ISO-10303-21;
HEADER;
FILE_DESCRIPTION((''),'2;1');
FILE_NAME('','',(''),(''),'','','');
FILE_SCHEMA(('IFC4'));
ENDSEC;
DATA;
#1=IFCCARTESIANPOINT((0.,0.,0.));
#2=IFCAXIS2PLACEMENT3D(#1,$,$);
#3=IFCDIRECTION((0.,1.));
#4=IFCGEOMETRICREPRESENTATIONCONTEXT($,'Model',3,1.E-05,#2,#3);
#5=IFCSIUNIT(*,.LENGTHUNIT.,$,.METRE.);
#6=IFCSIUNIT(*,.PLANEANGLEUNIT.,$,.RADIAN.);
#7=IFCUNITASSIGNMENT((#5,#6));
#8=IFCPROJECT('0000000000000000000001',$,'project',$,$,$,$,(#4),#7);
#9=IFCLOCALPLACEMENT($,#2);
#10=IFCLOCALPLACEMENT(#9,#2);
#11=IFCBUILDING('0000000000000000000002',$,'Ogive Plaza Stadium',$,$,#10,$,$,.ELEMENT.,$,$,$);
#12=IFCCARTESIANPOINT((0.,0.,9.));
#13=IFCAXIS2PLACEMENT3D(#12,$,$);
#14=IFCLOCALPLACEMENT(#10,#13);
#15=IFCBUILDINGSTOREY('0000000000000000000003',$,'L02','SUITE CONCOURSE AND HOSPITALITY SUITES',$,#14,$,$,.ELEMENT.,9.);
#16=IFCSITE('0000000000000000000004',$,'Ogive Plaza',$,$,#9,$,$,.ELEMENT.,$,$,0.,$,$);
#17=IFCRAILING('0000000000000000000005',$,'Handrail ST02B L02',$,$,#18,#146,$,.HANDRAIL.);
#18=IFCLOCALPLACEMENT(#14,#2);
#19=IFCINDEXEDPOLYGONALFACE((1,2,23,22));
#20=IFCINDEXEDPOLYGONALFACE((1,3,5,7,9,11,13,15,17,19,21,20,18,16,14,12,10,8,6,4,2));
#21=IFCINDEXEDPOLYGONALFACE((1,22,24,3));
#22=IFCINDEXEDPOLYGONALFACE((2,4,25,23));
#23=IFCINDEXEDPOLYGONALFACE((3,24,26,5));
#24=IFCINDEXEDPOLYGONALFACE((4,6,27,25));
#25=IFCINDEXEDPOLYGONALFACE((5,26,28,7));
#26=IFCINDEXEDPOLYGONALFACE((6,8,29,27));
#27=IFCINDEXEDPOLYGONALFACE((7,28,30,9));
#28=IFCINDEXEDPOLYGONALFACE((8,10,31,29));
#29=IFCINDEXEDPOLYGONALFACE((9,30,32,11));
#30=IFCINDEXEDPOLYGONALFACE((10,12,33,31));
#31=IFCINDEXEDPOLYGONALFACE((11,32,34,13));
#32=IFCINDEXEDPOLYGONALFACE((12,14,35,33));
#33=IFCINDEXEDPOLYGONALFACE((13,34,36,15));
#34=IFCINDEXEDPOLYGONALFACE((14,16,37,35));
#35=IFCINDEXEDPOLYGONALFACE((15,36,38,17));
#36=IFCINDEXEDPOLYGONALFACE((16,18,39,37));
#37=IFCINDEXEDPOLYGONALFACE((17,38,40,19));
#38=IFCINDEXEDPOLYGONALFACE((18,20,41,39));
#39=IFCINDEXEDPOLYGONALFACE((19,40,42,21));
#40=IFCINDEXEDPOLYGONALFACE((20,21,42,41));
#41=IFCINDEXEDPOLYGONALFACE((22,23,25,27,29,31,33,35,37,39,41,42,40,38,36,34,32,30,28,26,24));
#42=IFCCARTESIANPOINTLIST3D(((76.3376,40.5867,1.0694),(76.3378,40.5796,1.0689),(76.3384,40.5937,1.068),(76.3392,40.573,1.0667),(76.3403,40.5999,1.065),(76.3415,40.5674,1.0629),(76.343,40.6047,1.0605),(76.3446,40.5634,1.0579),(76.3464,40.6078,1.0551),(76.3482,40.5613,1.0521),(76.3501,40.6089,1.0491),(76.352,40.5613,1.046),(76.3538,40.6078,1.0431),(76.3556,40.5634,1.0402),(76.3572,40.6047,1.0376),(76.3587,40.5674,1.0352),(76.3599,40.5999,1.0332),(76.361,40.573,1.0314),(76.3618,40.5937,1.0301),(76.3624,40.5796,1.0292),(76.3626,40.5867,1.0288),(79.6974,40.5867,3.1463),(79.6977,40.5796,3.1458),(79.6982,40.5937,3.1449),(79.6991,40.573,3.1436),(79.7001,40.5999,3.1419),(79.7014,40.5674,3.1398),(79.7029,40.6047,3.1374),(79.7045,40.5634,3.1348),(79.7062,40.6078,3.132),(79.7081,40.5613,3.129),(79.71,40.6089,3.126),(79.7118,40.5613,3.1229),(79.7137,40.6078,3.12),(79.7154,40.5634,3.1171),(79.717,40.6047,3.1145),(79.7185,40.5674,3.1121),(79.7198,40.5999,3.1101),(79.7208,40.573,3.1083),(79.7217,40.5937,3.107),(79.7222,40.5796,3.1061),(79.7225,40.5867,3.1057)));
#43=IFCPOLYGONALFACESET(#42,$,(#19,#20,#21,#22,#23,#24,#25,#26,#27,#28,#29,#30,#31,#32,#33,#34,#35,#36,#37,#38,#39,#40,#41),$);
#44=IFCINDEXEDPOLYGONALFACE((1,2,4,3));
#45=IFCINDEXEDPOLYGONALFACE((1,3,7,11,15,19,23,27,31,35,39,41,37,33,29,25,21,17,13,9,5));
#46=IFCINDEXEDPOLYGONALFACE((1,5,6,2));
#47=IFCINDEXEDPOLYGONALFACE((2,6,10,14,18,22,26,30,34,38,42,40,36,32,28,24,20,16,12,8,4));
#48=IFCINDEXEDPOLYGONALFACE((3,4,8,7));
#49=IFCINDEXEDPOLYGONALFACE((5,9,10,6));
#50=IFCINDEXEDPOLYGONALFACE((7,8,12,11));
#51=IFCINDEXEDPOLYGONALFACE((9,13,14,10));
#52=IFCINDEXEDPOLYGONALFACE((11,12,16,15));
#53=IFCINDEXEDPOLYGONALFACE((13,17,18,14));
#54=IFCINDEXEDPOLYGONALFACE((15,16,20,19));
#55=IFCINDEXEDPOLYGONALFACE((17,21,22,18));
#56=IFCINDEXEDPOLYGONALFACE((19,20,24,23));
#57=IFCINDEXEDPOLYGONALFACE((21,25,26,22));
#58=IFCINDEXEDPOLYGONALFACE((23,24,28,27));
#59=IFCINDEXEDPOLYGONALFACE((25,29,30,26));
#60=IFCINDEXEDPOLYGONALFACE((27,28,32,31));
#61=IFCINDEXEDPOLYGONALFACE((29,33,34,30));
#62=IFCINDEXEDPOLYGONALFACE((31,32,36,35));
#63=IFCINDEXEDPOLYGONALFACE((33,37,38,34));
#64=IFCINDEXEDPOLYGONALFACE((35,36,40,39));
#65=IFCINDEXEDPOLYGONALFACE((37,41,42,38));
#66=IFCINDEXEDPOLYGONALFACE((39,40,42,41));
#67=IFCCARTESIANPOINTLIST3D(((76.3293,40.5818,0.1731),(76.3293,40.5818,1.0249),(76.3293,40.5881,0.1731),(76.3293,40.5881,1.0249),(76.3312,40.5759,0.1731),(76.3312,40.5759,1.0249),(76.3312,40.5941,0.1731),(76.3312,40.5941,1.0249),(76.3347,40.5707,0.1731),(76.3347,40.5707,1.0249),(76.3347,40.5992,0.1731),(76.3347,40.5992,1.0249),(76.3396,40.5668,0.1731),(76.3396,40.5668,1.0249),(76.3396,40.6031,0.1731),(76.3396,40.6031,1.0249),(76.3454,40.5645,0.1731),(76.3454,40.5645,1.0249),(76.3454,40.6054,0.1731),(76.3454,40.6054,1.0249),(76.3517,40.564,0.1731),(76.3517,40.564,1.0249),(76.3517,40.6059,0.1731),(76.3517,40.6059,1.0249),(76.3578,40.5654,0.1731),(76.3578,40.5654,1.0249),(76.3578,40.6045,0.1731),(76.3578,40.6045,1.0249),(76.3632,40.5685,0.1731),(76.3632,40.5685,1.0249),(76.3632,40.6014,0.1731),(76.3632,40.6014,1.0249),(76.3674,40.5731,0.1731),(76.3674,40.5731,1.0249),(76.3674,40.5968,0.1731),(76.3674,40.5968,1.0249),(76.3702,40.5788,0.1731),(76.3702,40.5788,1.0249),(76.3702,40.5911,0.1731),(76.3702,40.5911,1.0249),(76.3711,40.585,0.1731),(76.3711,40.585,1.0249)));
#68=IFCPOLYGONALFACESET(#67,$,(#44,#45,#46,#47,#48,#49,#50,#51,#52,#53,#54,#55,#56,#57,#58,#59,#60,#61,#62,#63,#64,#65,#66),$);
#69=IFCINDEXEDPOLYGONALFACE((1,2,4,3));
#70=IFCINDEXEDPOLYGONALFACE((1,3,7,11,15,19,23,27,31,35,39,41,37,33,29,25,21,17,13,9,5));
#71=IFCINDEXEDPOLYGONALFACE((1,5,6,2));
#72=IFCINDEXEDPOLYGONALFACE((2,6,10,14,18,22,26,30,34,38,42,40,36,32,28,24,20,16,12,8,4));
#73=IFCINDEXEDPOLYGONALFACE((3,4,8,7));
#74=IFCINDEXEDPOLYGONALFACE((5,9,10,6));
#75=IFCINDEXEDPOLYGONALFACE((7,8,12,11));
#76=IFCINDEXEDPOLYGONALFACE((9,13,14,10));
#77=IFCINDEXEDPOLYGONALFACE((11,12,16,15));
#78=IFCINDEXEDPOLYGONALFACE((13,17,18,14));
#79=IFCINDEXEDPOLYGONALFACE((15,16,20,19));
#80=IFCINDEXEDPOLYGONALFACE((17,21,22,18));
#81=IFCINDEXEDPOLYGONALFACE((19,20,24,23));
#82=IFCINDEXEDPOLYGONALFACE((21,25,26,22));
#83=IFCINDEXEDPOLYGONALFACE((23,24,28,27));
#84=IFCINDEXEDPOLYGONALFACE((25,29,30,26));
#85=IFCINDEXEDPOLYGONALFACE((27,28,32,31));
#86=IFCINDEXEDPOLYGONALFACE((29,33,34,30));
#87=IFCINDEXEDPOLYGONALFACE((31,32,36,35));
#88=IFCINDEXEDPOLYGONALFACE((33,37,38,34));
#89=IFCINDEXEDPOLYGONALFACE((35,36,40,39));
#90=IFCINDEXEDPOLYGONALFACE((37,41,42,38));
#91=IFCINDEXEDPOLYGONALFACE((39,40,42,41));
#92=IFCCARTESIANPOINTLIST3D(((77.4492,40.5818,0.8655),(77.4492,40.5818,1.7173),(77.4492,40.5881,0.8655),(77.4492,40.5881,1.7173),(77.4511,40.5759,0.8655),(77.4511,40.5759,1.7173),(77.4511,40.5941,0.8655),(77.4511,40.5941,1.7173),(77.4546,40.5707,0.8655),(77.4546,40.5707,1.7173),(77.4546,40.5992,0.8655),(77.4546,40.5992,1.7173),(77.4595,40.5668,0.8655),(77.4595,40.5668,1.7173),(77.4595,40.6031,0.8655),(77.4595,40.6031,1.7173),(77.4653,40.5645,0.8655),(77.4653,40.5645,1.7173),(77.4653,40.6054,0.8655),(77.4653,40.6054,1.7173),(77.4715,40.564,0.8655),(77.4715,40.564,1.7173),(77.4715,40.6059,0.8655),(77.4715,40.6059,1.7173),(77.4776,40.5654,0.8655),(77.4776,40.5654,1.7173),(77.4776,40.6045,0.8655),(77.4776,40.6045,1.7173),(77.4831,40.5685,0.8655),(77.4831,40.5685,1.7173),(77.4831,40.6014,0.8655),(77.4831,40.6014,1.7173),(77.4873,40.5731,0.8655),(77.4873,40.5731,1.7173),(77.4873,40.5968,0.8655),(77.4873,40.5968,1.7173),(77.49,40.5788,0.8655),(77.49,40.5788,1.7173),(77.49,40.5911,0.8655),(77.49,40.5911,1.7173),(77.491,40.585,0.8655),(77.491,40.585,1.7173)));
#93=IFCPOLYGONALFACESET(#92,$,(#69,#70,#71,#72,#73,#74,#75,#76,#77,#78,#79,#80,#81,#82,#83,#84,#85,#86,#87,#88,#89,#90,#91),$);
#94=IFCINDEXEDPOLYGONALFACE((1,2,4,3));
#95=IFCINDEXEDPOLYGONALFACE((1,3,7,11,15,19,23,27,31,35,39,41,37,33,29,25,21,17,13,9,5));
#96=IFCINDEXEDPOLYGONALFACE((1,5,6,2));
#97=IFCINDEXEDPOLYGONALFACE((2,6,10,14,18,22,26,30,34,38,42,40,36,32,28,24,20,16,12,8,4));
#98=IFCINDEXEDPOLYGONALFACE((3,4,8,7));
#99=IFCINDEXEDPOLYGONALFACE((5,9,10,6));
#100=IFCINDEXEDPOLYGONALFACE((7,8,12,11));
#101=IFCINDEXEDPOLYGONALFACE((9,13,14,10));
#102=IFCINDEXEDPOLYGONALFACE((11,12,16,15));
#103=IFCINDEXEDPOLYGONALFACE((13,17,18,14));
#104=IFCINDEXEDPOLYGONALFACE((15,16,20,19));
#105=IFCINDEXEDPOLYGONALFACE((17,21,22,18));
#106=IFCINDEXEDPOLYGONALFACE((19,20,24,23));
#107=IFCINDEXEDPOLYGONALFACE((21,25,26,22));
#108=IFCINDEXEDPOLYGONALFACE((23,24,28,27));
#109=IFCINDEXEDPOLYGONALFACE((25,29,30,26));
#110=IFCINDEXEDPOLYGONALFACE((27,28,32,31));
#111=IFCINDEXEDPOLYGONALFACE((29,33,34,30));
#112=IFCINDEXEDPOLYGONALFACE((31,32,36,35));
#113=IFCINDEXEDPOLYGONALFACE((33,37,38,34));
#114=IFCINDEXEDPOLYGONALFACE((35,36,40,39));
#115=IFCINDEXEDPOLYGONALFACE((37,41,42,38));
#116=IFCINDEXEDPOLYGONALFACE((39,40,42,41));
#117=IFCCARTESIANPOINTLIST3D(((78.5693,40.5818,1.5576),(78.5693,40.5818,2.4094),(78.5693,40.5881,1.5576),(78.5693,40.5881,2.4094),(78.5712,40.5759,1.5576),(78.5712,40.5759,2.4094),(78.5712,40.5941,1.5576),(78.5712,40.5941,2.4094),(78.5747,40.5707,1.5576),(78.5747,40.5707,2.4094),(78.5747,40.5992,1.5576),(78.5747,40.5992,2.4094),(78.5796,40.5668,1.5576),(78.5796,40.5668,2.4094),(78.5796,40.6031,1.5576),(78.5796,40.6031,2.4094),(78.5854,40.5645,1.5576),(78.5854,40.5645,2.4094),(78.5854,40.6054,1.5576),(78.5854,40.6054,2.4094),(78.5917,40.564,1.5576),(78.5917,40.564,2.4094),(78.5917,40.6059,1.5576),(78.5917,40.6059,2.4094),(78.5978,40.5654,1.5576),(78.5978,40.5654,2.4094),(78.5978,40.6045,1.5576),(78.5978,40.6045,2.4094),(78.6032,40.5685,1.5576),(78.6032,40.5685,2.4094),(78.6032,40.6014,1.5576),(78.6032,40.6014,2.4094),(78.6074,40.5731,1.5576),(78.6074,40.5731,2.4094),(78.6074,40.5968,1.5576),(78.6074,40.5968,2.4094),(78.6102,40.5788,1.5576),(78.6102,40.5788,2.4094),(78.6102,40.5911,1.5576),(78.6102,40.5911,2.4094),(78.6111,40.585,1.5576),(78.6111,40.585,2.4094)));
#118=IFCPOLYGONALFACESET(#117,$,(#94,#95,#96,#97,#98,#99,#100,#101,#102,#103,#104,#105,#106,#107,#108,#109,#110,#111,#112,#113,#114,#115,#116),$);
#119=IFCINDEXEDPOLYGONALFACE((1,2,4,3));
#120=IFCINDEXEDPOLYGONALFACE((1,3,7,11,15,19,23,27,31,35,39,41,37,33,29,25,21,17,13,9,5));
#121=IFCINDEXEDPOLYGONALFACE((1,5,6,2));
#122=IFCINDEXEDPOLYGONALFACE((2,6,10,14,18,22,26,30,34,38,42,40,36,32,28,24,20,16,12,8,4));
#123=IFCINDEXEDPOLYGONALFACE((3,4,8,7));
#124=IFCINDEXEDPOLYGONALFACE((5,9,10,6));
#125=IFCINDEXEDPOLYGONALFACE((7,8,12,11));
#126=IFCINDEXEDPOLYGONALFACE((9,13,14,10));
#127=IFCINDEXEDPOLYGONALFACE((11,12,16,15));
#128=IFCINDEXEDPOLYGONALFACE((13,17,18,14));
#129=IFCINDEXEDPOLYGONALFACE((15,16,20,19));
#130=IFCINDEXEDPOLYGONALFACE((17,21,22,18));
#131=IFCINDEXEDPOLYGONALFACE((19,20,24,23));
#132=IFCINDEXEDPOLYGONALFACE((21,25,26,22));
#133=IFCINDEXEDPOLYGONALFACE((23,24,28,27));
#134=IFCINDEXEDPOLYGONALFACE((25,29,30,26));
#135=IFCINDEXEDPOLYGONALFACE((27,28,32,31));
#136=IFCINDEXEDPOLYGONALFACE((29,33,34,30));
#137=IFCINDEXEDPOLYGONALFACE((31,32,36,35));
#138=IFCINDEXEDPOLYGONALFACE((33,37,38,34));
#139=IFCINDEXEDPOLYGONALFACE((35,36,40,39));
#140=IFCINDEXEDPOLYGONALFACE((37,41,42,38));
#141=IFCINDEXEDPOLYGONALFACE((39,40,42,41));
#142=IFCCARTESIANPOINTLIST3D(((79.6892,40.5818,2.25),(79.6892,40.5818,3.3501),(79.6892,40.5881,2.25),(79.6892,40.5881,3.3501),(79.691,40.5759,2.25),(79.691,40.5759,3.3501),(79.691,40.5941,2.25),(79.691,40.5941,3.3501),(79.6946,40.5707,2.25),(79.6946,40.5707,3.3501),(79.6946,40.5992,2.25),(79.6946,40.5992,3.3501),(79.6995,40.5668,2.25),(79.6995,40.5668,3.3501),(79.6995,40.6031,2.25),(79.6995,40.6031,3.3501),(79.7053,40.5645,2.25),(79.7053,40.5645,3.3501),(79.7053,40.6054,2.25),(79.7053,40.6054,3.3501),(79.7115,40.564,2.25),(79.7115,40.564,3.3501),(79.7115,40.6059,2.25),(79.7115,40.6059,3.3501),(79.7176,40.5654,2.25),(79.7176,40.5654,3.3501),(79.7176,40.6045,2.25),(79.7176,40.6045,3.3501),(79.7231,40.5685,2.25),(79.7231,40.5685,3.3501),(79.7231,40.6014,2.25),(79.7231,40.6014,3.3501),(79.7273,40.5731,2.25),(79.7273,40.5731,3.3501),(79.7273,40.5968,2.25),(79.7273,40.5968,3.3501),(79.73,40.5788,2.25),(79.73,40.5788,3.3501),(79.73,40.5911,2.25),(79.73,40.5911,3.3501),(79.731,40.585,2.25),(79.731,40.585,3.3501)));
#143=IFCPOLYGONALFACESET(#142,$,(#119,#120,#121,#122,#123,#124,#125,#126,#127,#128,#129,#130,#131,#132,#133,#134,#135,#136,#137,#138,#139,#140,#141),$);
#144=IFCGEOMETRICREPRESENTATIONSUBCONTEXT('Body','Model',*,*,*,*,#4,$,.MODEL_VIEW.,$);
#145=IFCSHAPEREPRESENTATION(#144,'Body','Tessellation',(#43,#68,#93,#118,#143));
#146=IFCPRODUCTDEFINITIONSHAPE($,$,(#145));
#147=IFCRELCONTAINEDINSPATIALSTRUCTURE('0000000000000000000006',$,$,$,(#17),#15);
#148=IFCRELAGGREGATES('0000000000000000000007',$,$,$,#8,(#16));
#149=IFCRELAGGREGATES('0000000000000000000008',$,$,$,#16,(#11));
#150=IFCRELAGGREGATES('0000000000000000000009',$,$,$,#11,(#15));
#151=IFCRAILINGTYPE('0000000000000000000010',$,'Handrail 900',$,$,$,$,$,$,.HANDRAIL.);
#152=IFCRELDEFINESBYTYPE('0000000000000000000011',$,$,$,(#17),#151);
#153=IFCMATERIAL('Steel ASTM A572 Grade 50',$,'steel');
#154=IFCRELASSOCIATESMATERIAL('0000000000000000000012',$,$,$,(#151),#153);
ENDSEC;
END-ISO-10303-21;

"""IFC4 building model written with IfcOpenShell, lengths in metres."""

from ifc_helpers import new_model, si_unit, direction, frame, origin, origin_2d, place, context, subcontext, project, spatial, circle, extrude, material, type_object, element, save


model = new_model("IFC4")

# Units and contexts
model_context = context("Model", 3, precision=1e-05, world=origin(), true_north=direction((0.0, 1.0)))
body_context = subcontext(model_context, "Body", "Model", "MODEL_VIEW")
ifc_project = project(units=[si_unit("LENGTHUNIT", "METRE"), si_unit("PLANEANGLEUNIT", "RADIAN")], contexts=[model_context])

# Site, building, storey
site_placement = place(None, origin())
site = spatial("IfcSite", under=ifc_project, at=site_placement, Name="Ogive Plaza", CompositionType="ELEMENT", RefElevation=0.0)
building_placement = place(site_placement, origin())
building = spatial("IfcBuilding", under=site, at=building_placement, Name="Ogive Plaza Stadium", CompositionType="ELEMENT")
storey_placement = place(building_placement, frame((0.0, 0.0, 9.0)))
storey = spatial("IfcBuildingStorey", under=building, at=storey_placement, Name="L02", Description="SUITE CONCOURSE AND HOSPITALITY SUITES", CompositionType="ELEMENT", Elevation=9.0)

# Railing
ifc_material_1 = material(Name="Steel ASTM A572 Grade 50", Category="steel")
railing_type_1 = type_object("IfcRailingType", Name="Handrail 900", PredefinedType="HANDRAIL", material=ifc_material_1)
railing_placement = place(storey_placement, frame((76.3501, 40.585, 0.1731)))
element("IfcRailing", 1, at=railing_placement, inside=storey, type_object=railing_type_1, Name="Handrail ST02B L02", PredefinedType="HANDRAIL", context=body_context, shape_type="SweptSolid", body=[
    extrude(circle(Radius=0.0239, at=origin_2d()), frame((0.0, 0.0, 0.876), z_axis=(0.850606, 0.0, 0.525803), x_axis=(0.0, 1.0, 0.0)), (0.0, 0.0, 1.0), 3.95),
    extrude(circle(Radius=0.021, at=origin_2d()), origin(), (0.0, 0.0, 1.0), 0.8518),
    extrude(circle(Radius=0.021, at=origin_2d()), frame((1.1199, 0.0, 0.6924)), (0.0, 0.0, 1.0), 0.8518),
    extrude(circle(Radius=0.021, at=origin_2d()), frame((2.24, 0.0, 1.3845)), (0.0, 0.0, 1.0), 0.8518),
    extrude(circle(Radius=0.021, at=origin_2d()), frame((3.3599, 0.0, 2.0769)), (0.0, 0.0, 1.0), 1.1001),
])

save(model, "model.ifc")
